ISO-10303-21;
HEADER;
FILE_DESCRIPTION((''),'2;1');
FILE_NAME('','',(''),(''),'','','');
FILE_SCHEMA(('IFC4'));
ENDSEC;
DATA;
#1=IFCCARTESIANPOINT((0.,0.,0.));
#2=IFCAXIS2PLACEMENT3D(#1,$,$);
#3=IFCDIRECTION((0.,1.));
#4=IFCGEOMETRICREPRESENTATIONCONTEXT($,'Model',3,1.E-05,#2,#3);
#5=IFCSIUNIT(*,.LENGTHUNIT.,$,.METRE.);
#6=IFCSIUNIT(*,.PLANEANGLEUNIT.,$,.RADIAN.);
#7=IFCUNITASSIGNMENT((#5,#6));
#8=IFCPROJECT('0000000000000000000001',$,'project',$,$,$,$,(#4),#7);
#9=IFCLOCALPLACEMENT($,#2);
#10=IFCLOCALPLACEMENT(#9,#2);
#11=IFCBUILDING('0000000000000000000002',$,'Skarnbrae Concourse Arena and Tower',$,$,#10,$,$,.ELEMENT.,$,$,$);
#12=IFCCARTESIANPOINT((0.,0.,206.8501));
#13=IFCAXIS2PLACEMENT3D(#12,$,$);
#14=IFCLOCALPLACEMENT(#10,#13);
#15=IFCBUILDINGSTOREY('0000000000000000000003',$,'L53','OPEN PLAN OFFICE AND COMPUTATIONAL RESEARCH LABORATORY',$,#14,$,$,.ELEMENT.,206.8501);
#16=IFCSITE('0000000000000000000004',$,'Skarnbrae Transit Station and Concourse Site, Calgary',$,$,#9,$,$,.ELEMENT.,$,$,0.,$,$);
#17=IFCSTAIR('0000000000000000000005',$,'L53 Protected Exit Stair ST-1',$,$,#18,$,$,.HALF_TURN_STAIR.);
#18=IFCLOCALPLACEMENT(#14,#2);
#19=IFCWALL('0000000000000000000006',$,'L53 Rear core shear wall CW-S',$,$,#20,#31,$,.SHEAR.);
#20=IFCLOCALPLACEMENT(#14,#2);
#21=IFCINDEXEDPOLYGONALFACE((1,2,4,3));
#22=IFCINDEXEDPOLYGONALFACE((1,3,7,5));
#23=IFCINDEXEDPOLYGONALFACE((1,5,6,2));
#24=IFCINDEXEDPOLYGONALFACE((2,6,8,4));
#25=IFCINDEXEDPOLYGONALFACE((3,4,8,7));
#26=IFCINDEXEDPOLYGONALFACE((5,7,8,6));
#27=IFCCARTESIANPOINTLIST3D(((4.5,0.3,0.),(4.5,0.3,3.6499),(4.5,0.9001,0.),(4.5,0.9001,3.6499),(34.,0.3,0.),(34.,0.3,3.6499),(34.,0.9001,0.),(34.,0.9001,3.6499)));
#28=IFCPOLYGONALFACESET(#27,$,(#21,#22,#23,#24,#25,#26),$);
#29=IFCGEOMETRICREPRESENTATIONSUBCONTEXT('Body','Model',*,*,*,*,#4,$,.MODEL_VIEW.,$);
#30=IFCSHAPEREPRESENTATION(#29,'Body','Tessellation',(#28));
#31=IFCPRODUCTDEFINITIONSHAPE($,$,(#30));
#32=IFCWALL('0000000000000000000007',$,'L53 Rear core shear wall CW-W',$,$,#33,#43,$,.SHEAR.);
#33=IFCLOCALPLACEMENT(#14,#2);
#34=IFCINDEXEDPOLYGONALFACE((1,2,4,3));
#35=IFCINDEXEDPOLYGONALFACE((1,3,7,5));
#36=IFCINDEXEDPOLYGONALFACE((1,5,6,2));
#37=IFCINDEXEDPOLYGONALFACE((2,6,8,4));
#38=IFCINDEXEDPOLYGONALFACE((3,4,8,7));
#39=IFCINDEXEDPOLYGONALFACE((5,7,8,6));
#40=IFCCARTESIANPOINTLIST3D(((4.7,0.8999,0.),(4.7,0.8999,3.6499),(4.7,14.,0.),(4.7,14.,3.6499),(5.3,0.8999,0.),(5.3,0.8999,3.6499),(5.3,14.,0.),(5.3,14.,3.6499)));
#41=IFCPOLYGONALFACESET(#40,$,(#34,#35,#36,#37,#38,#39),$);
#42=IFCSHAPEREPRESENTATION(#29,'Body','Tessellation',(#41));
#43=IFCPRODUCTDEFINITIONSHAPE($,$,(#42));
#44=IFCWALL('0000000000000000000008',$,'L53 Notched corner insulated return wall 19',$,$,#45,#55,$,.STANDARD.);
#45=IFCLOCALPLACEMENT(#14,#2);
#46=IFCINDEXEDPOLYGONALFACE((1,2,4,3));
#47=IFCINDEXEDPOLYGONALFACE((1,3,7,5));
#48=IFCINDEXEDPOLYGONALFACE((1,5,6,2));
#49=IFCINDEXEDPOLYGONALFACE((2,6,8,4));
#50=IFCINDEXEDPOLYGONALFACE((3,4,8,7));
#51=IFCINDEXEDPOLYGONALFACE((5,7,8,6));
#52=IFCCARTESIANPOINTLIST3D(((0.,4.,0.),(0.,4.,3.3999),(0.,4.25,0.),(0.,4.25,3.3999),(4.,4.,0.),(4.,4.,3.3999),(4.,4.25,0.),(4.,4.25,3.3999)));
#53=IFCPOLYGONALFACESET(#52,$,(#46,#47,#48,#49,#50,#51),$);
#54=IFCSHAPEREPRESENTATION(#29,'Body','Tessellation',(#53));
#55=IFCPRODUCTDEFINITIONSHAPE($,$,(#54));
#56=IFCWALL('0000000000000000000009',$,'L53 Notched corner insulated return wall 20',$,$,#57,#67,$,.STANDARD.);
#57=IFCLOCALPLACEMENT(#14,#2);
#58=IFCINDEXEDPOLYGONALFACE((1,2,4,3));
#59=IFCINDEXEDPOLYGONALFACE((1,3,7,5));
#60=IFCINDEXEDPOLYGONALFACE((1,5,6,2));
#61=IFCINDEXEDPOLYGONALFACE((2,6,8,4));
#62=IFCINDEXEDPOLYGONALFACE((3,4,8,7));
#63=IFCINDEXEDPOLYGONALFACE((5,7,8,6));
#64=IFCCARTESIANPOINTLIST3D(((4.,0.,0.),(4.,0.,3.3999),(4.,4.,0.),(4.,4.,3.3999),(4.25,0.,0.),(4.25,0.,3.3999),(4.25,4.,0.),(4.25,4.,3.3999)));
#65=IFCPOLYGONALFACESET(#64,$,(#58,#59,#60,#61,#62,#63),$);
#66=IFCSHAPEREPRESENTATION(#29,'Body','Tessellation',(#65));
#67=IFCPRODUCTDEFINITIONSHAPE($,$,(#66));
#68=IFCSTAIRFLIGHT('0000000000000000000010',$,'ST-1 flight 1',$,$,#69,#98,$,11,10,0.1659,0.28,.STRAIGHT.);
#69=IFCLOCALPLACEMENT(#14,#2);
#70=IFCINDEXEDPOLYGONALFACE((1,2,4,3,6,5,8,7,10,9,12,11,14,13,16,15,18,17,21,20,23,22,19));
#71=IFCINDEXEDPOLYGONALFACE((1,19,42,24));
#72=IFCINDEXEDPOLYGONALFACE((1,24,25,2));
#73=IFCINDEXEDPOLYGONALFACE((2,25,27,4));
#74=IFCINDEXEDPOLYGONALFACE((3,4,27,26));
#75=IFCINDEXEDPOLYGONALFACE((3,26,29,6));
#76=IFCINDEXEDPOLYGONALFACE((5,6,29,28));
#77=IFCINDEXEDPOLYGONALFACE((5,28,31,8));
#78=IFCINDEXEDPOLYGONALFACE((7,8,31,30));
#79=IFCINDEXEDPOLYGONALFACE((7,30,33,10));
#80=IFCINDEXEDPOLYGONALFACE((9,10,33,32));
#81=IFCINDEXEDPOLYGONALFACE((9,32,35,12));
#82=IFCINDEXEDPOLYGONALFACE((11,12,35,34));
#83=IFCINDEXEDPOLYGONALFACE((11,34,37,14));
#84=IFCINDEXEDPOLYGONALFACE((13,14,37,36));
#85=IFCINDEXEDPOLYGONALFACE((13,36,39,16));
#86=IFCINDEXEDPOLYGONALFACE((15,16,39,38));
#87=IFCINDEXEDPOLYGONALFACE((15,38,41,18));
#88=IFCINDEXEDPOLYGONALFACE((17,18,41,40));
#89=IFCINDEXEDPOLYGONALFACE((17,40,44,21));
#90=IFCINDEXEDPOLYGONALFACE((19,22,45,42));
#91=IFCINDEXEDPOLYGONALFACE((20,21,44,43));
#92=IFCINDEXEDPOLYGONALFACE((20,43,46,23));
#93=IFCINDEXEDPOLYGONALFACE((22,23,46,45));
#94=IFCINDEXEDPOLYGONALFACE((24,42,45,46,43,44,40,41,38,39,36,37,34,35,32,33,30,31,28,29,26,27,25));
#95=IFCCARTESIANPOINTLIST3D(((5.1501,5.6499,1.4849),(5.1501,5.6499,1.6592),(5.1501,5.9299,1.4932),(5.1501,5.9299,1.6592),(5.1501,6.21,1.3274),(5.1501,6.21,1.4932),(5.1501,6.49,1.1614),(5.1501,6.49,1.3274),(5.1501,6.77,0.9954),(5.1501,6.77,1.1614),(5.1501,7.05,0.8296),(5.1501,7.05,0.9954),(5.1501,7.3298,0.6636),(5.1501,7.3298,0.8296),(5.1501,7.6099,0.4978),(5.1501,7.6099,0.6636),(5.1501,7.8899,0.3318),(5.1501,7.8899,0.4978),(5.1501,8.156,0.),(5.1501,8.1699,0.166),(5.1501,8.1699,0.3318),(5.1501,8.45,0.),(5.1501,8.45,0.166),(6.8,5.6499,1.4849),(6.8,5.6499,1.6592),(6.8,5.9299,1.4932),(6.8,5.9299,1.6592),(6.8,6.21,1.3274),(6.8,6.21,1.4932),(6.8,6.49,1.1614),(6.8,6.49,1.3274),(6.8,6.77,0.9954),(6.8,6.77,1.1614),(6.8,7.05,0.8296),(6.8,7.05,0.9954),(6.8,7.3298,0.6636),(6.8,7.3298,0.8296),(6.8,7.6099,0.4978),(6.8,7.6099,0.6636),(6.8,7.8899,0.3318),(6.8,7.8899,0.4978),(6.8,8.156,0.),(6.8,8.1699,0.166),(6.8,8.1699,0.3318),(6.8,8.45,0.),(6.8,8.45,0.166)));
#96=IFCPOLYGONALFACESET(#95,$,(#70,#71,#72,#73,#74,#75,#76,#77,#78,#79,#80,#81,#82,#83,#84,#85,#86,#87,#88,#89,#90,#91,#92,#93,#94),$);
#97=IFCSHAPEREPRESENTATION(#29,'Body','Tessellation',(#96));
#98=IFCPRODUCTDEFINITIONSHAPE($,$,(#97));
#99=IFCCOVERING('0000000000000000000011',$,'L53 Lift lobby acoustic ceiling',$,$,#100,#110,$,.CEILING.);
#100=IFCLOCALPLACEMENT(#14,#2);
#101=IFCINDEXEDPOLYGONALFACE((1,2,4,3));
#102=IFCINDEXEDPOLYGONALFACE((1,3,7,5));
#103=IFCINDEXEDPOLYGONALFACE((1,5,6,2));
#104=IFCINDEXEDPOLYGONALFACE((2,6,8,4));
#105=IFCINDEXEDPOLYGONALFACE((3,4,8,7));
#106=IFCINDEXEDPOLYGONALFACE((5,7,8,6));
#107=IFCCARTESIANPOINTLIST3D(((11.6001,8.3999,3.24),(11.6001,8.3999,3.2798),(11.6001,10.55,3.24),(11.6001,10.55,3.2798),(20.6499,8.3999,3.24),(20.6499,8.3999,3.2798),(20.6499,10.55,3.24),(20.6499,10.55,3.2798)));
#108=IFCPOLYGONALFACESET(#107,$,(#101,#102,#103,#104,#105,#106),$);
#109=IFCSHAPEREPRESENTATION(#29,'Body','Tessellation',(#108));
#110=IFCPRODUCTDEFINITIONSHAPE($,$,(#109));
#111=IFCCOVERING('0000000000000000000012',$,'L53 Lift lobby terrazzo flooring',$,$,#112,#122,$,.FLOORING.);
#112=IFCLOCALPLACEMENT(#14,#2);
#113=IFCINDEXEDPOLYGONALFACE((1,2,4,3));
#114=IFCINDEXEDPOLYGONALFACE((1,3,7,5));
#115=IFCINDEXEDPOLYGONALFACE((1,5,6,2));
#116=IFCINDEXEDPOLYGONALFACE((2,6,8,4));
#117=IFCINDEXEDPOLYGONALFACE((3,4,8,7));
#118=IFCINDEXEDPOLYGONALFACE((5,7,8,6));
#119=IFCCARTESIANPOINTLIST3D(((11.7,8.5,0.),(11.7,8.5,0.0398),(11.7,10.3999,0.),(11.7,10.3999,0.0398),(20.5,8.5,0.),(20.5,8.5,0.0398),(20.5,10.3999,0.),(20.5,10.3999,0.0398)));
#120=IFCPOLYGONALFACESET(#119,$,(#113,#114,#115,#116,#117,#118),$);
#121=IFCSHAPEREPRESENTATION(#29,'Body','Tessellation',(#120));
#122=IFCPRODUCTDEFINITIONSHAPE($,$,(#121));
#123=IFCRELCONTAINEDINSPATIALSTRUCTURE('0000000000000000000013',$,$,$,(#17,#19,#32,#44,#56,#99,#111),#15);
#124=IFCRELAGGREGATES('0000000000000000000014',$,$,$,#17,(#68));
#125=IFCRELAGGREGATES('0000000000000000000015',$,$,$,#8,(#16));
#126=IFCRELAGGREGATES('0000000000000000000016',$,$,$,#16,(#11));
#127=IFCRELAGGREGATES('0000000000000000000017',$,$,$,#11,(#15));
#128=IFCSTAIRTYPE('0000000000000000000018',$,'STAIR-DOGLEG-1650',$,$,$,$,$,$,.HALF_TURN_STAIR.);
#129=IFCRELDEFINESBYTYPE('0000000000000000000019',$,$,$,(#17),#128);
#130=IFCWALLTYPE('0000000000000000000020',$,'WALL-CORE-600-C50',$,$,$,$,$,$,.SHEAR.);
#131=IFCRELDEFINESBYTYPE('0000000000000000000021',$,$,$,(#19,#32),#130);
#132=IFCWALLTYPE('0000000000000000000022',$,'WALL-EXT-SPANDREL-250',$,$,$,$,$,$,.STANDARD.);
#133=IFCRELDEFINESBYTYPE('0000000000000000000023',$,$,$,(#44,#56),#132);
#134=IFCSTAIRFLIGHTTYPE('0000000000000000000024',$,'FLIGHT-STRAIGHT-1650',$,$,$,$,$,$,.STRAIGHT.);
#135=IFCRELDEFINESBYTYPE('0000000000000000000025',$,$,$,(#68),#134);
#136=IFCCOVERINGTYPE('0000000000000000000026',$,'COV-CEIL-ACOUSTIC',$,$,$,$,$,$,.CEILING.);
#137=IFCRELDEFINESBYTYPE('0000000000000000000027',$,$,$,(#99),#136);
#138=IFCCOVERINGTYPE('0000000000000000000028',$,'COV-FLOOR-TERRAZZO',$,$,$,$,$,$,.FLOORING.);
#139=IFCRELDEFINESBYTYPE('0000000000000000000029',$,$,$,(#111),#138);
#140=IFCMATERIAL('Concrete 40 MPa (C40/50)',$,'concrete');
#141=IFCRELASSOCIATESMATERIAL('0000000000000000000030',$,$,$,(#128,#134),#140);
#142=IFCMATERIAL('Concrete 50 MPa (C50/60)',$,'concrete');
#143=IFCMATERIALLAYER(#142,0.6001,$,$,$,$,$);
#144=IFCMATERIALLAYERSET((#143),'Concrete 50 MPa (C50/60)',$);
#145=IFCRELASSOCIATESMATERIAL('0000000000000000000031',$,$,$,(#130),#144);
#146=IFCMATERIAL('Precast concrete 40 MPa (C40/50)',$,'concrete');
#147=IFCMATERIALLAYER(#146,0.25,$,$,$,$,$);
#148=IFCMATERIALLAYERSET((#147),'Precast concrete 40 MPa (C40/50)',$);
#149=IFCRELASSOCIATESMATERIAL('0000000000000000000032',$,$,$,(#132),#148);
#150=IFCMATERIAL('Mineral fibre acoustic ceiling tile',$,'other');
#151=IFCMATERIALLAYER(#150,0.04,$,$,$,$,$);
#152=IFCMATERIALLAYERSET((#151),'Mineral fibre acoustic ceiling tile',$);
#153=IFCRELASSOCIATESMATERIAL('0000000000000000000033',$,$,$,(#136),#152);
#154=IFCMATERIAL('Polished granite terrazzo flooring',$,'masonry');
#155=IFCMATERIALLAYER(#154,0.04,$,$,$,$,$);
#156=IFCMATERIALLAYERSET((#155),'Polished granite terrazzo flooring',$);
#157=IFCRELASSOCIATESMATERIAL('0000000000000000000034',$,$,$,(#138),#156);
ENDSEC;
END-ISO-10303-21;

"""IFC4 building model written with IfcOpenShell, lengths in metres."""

from ifc_helpers import new_model, si_unit, direction, frame, frame_2d, origin, place, context, subcontext, project, spatial, polyline, rectangle, outline, extrude, source, transform, mapped, material, layer, layer_set, type_object, element, aggregate, save


model = new_model("IFC4")

# Units and contexts
model_context = context("Model", 3, precision=1e-05, world=origin(), true_north=direction((0.0, 1.0)))
body_context = subcontext(model_context, "Body", "Model", "MODEL_VIEW")
ifc_project = project(units=[si_unit("LENGTHUNIT", "METRE"), si_unit("PLANEANGLEUNIT", "RADIAN")], contexts=[model_context])

# Site, building, storey
site_placement = place(None, origin())
site = spatial("IfcSite", under=ifc_project, at=site_placement, Name="Skarnbrae Transit Station and Concourse Site, Calgary", CompositionType="ELEMENT", RefElevation=0.0)
building_placement = place(site_placement, origin())
building = spatial("IfcBuilding", under=site, at=building_placement, Name="Skarnbrae Concourse Arena and Tower", CompositionType="ELEMENT")
storey_placement = place(building_placement, frame((0.0, 0.0, 206.8501)))
storey = spatial("IfcBuildingStorey", under=building, at=storey_placement, Name="L53", Description="OPEN PLAN OFFICE AND COMPUTATIONAL RESEARCH LABORATORY", CompositionType="ELEMENT", Elevation=206.8501)

# Stair
ifc_material_1 = material(Name="Concrete 40 MPa (C40/50)", Category="concrete")
stair_type = type_object("IfcStairType", Name="STAIR-DOGLEG-1650", PredefinedType="HALF_TURN_STAIR", material=ifc_material_1)
stair_1_placement = place(storey_placement, origin())
stair_1 = element("IfcStair", 1, at=stair_1_placement, inside=storey, type_object=stair_type, Name="L53 Protected Exit Stair ST-1", PredefinedType="HALF_TURN_STAIR")

# Walls
ifc_material_2 = material(Name="Concrete 50 MPa (C50/60)", Category="concrete")
ifc_layer_1 = layer(ifc_material_2, 0.6001)
ifc_layer_set_1 = layer_set([ifc_layer_1], Name="Concrete 50 MPa (C50/60)")
wall_type_1 = type_object("IfcWallType", Name="WALL-CORE-600-C50", PredefinedType="SHEAR", material=ifc_layer_set_1)
shared_shape_1 = source(origin(), body_context, "Body", "SweptSolid", [
    extrude(rectangle(XDim=29.5, YDim=0.6001, at=frame_2d((14.75, 0.0))), origin(), (0.0, 0.0, 1.0), 3.6499),
])
wall_1_placement = place(storey_placement, frame((4.5, 0.6001, 0.0), z_axis=(0.0, 0.0, 1.0), x_axis=(1.0, 0.0, 0.0)))
element("IfcWall", 2, at=wall_1_placement, inside=storey, type_object=wall_type_1, Name="L53 Rear core shear wall CW-S", PredefinedType="SHEAR", context=body_context, shape_type="MappedRepresentation", body=[
    mapped(shared_shape_1, transform((0.0, 0.0, 0.0))),
])
shared_shape_2 = source(origin(), body_context, "Body", "SweptSolid", [
    extrude(rectangle(XDim=13.1001, YDim=0.6001, at=frame_2d((6.55, 0.0))), origin(), (0.0, 0.0, 1.0), 3.6499),
])
wall_2_placement = place(storey_placement, frame((5.0, 0.8999, 0.0), z_axis=(0.0, 0.0, 1.0), x_axis=(0.0, 1.0, 0.0)))
element("IfcWall", 3, at=wall_2_placement, inside=storey, type_object=wall_type_1, Name="L53 Rear core shear wall CW-W", PredefinedType="SHEAR", context=body_context, shape_type="MappedRepresentation", body=[
    mapped(shared_shape_2, transform((0.0, 0.0, 0.0))),
])
ifc_material_3 = material(Name="Precast concrete 40 MPa (C40/50)", Category="concrete")
ifc_layer_2 = layer(ifc_material_3, 0.25)
ifc_layer_set_2 = layer_set([ifc_layer_2], Name="Precast concrete 40 MPa (C40/50)")
wall_type_2 = type_object("IfcWallType", Name="WALL-EXT-SPANDREL-250", PredefinedType="STANDARD", material=ifc_layer_set_2)
shared_shape_3 = source(origin(), body_context, "Body", "SweptSolid", [
    extrude(rectangle(XDim=4.0, YDim=0.25, at=frame_2d((2.0, 0.0))), origin(), (0.0, 0.0, 1.0), 3.3999),
])
for number, where, z_axis, x_axis, name in (
    (4, (0.0, 4.125, 0.0), (0.0, 0.0, 1.0), (1.0, 0.0, 0.0), "L53 Notched corner insulated return wall 19"),
    (5, (4.125, 4.0, 0.0), (0.0, 0.0, 1.0), (0.0, -1.0, 0.0), "L53 Notched corner insulated return wall 20"),
):
    element("IfcWall", number, at=place(storey_placement, frame(where, z_axis=z_axis, x_axis=x_axis)), inside=storey, type_object=wall_type_2, Name=name, PredefinedType="STANDARD", context=body_context, shape_type="MappedRepresentation", body=[
        mapped(shared_shape_3, transform((0.0, 0.0, 0.0))),
    ])

# Stair flight
stair_flight_type = type_object("IfcStairFlightType", Name="FLIGHT-STRAIGHT-1650", PredefinedType="STRAIGHT", material=ifc_material_1)
shared_shape_4 = source(origin(), body_context, "Body", "SweptSolid", [
    extrude(outline(polyline([(0.0, 0.0), (0.0, 0.166), (0.28, 0.166), (0.28, 0.3318), (0.5601, 0.3318), (0.5601, 0.4978), (0.8401, 0.4978), (0.8401, 0.6636), (1.1201, 0.6636), (1.1201, 0.8296), (1.3999, 0.8296), (1.3999, 0.9954), (1.6799, 0.9954), (1.6799, 1.1614), (1.96, 1.1614), (1.96, 1.3274), (2.24, 1.3274), (2.24, 1.4932), (2.52, 1.4932), (2.52, 1.6592), (2.8, 1.6592), (2.8, 1.825), (2.8, 1.4849), (0.2939, 0.0), (0.0, 0.0)])), frame((0.0, 0.825, 0.0), z_axis=(0.0, -1.0, 0.0), x_axis=(1.0, 0.0, 0.0)), (0.0, 0.0, 1.0), 1.6499),
])
stair_flight_placement = place(storey_placement, frame((5.9751, 8.45, 0.0), z_axis=(0.0, 0.0, 1.0), x_axis=(0.0, -1.0, 0.0)))
stair_flight = element("IfcStairFlight", 6, at=stair_flight_placement, type_object=stair_flight_type, Name="ST-1 flight 1", NumberOfRisers=11, NumberOfTreads=10, PredefinedType="STRAIGHT", RiserHeight=0.1659, TreadLength=0.28, context=body_context, shape_type="MappedRepresentation", body=[
    mapped(shared_shape_4, transform((0.0, 0.0, 0.0))),
])
aggregate(stair_1, [stair_flight])

# Coverings
ifc_material_4 = material(Name="Mineral fibre acoustic ceiling tile", Category="other")
ifc_layer_3 = layer(ifc_material_4, 0.04)
ifc_layer_set_3 = layer_set([ifc_layer_3], Name="Mineral fibre acoustic ceiling tile")
covering_type_1 = type_object("IfcCoveringType", Name="COV-CEIL-ACOUSTIC", PredefinedType="CEILING", material=ifc_layer_set_3)
covering_1_placement = place(storey_placement, frame((0.0, 0.0, 3.24)))
element("IfcCovering", 7, at=covering_1_placement, inside=storey, type_object=covering_type_1, Name="L53 Lift lobby acoustic ceiling", PredefinedType="CEILING", context=body_context, shape_type="SweptSolid", body=[
    extrude(outline(polyline([(11.6001, 8.3999), (20.6499, 8.3999), (20.6499, 10.55), (11.6001, 10.55), (11.6001, 8.3999)])), origin(), (0.0, 0.0, 1.0), 0.0398),
])
ifc_material_5 = material(Name="Polished granite terrazzo flooring", Category="masonry")
ifc_layer_4 = layer(ifc_material_5, 0.04)
ifc_layer_set_4 = layer_set([ifc_layer_4], Name="Polished granite terrazzo flooring")
covering_type_2 = type_object("IfcCoveringType", Name="COV-FLOOR-TERRAZZO", PredefinedType="FLOORING", material=ifc_layer_set_4)
covering_2_placement = place(storey_placement, origin())
element("IfcCovering", 8, at=covering_2_placement, inside=storey, type_object=covering_type_2, Name="L53 Lift lobby terrazzo flooring", PredefinedType="FLOORING", context=body_context, shape_type="SweptSolid", body=[
    extrude(outline(polyline([(11.7, 8.5), (20.5, 8.5), (20.5, 10.3999), (11.7, 10.3999), (11.7, 8.5)])), origin(), (0.0, 0.0, 1.0), 0.0398),
])

save(model, "model.ifc")
